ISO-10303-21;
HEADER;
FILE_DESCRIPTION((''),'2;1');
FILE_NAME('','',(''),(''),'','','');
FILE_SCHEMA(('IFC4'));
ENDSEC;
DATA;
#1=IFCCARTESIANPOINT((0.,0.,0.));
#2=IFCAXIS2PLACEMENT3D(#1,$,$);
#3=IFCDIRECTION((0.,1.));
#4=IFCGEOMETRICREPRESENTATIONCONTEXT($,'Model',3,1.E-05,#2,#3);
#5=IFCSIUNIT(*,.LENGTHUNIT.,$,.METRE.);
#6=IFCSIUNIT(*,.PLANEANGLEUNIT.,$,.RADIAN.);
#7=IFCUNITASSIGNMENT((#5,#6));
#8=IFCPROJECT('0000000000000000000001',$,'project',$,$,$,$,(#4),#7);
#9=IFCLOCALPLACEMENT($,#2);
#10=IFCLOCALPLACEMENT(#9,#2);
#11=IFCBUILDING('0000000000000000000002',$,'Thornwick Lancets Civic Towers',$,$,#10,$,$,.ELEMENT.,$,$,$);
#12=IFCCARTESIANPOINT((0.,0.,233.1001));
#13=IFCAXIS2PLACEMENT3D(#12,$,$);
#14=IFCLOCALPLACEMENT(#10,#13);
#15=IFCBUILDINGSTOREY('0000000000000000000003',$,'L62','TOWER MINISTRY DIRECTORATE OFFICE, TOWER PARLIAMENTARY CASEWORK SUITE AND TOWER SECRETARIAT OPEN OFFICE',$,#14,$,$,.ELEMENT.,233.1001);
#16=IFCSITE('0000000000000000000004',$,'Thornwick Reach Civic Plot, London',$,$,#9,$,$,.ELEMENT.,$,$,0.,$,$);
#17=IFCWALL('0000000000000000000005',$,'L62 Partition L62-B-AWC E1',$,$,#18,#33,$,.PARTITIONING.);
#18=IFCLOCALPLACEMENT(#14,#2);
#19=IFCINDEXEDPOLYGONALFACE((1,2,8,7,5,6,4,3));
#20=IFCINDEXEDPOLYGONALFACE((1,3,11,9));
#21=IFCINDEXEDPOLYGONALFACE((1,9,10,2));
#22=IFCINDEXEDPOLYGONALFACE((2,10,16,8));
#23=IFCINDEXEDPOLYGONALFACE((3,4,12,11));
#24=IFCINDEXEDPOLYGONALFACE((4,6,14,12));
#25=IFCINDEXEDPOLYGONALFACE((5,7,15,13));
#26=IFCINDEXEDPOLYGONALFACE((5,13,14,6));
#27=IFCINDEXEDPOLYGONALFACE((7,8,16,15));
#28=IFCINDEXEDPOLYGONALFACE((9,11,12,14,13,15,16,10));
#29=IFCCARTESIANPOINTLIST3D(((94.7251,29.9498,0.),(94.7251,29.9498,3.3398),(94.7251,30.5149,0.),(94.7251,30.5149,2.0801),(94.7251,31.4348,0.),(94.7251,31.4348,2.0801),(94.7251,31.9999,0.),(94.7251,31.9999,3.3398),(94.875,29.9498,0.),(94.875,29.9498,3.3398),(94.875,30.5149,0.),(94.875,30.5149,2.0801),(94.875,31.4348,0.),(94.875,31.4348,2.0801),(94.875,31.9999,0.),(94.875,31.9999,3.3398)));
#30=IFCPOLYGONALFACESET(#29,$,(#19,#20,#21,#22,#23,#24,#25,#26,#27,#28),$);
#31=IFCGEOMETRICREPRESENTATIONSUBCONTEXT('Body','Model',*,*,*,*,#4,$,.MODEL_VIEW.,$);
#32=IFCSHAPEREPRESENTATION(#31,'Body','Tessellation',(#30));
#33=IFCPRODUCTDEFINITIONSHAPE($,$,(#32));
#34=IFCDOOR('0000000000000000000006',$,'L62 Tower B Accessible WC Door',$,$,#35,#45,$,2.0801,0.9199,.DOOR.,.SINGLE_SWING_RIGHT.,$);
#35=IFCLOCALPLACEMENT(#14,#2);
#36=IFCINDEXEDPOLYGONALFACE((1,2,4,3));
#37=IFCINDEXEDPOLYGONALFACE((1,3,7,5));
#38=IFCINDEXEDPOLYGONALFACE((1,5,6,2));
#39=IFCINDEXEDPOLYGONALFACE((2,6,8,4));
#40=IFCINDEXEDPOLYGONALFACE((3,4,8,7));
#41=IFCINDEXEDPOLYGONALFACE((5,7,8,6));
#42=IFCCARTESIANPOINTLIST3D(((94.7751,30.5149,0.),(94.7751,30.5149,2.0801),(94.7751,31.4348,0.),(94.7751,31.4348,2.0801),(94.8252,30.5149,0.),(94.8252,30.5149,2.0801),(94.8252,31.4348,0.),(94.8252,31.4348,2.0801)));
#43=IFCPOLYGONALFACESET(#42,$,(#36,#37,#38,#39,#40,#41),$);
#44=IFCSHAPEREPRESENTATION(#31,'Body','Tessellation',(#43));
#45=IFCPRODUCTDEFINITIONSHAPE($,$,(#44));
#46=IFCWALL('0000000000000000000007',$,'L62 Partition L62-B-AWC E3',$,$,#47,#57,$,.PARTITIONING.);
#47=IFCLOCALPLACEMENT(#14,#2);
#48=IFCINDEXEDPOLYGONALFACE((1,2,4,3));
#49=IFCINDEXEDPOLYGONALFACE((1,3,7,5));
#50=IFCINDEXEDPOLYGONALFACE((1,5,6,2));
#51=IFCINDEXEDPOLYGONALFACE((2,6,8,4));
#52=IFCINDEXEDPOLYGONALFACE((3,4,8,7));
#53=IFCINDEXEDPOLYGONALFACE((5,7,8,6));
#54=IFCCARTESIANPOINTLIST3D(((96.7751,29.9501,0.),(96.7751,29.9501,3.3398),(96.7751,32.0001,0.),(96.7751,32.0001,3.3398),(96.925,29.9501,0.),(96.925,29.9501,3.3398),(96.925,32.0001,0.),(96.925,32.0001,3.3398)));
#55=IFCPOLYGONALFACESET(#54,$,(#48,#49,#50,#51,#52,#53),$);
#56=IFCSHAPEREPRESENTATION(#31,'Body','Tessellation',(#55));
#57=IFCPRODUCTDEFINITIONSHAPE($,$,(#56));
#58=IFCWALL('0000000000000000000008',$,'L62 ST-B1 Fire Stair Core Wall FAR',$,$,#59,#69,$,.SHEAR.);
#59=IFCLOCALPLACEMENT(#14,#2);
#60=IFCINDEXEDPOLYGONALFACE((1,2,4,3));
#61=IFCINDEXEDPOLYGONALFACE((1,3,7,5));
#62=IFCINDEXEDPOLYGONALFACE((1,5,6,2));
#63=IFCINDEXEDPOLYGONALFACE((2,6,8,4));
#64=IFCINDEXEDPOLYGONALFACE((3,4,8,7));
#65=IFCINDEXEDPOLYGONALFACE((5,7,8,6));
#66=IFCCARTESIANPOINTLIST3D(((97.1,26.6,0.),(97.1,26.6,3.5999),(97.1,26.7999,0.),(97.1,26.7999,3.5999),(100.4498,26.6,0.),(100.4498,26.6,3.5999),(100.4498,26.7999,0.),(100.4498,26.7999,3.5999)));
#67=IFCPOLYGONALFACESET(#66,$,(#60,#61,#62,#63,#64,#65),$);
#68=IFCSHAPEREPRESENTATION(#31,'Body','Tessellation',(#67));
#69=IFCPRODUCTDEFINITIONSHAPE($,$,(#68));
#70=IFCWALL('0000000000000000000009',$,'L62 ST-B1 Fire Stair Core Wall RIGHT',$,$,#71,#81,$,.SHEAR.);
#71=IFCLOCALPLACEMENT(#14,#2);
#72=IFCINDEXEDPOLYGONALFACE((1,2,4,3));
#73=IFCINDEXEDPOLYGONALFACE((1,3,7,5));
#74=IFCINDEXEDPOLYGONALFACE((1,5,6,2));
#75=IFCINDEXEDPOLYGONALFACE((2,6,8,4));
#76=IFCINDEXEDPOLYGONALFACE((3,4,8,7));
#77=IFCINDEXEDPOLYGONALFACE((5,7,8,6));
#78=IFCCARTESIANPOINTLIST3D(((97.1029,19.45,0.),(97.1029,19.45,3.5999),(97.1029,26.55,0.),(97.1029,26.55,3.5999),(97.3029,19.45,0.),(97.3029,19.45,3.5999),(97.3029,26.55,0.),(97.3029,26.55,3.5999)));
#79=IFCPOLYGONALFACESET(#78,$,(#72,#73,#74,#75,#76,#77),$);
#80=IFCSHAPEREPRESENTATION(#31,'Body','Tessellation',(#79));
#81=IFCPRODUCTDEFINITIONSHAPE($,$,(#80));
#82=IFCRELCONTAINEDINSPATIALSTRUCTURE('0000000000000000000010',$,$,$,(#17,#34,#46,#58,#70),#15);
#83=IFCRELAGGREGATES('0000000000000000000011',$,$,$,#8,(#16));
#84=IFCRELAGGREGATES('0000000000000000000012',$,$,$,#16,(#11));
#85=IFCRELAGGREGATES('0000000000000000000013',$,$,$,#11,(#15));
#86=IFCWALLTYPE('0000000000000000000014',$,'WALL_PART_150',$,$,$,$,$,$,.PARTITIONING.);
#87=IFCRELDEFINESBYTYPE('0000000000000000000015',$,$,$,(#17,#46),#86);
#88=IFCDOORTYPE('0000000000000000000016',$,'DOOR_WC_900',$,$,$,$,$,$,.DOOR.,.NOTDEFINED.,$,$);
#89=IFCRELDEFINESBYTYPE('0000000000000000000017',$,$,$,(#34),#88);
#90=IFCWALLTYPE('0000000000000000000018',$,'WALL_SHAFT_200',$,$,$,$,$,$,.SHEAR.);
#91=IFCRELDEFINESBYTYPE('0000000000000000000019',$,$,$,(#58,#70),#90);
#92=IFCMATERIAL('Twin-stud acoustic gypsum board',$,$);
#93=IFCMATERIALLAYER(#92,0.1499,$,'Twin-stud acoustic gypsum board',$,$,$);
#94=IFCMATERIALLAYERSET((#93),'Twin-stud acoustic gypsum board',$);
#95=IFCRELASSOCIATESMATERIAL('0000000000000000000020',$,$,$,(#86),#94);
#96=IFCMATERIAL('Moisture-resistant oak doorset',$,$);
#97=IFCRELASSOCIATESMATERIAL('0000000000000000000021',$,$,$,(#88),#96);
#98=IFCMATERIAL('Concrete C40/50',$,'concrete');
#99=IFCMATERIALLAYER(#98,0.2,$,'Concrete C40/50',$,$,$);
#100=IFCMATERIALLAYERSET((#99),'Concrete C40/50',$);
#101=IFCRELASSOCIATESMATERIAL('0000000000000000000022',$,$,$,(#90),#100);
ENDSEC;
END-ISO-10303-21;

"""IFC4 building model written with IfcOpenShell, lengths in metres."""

from ifc_helpers import new_model, si_unit, direction, frame, frame_2d, origin, place, context, subcontext, project, spatial, rectangle, extrude, material, layer, layer_set, type_object, element, fill, save


model = new_model("IFC4")

# Units and contexts
model_context = context("Model", 3, precision=1e-05, world=origin(), true_north=direction((0.0, 1.0)))
body_context = subcontext(model_context, "Body", "Model", "MODEL_VIEW")
ifc_project = project(units=[si_unit("LENGTHUNIT", "METRE"), si_unit("PLANEANGLEUNIT", "RADIAN")], contexts=[model_context])

# Site, building, storey
site_placement = place(None, origin())
site = spatial("IfcSite", under=ifc_project, at=site_placement, Name="Thornwick Reach Civic Plot, London", CompositionType="ELEMENT", RefElevation=0.0)
building_placement = place(site_placement, origin())
building = spatial("IfcBuilding", under=site, at=building_placement, Name="Thornwick Lancets Civic Towers", CompositionType="ELEMENT")
storey_placement = place(building_placement, frame((0.0, 0.0, 233.1001)))
storey = spatial("IfcBuildingStorey", under=building, at=storey_placement, Name="L62", Description="TOWER MINISTRY DIRECTORATE OFFICE, TOWER PARLIAMENTARY CASEWORK SUITE AND TOWER SECRETARIAT OPEN OFFICE", CompositionType="ELEMENT", Elevation=233.1001)

# Wall, opening, door
ifc_material_1 = material(Name="Twin-stud acoustic gypsum board")
ifc_layer_1 = layer(ifc_material_1, 0.1499, Name="Twin-stud acoustic gypsum board")
ifc_layer_set_1 = layer_set([ifc_layer_1], Name="Twin-stud acoustic gypsum board")
wall_type_1 = type_object("IfcWallType", Name="WALL_PART_150", PredefinedType="PARTITIONING", material=ifc_layer_set_1)
wall_1_placement = place(storey_placement, frame((94.8, 29.95, 0.0), z_axis=(0.0, 0.0, 1.0), x_axis=(0.0, 1.0, 0.0)))
wall_1 = element("IfcWall", 1, at=wall_1_placement, inside=storey, type_object=wall_type_1, Name="L62 Partition L62-B-AWC E1", PredefinedType="PARTITIONING", context=body_context, shape_type="SweptSolid", body=[
    extrude(rectangle(XDim=2.05, YDim=0.1499, at=frame_2d((1.0249, 0.0))), origin(), (0.0, 0.0, 1.0), 3.3398),
])
opening_1_placement = place(wall_1_placement, frame((0.5649, 0.0, 0.0)))
opening_1 = element("IfcOpeningElement", 2, at=opening_1_placement, cuts=wall_1, PredefinedType="OPENING", context=body_context, shape_type="SweptSolid", body=[
    extrude(rectangle(XDim=0.9199, YDim=2.0801, at=frame_2d((0.46, 1.04))), frame((0.0, 0.085, 0.0), z_axis=(0.0, -1.0, 0.0), x_axis=(1.0, 0.0, 0.0)), (0.0, 0.0, 1.0), 0.1699),
])
ifc_material_2 = material(Name="Moisture-resistant oak doorset")
door_type_1 = type_object("IfcDoorType", Name="DOOR_WC_900", OperationType="NOTDEFINED", PredefinedType="DOOR", material=ifc_material_2)
door_1_placement = place(opening_1_placement, origin())
door_1 = element("IfcDoor", 3, at=door_1_placement, inside=storey, type_object=door_type_1, Name="L62 Tower B Accessible WC Door", OperationType="SINGLE_SWING_RIGHT", OverallHeight=2.0801, OverallWidth=0.9199, PredefinedType="DOOR", context=body_context, shape_type="SweptSolid", body=[
    extrude(rectangle(XDim=0.9199, YDim=2.0801, at=frame_2d((0.46, 1.04))), frame((0.0, 0.0249, 0.0), z_axis=(0.0, -1.0, 0.0), x_axis=(1.0, 0.0, 0.0)), (0.0, 0.0, 1.0), 0.05),
])
fill(opening_1, door_1)

# Walls
wall_2_placement = place(storey_placement, frame((96.8501, 32.0, 0.0), z_axis=(0.0, 0.0, 1.0), x_axis=(0.0, -1.0, 0.0)))
element("IfcWall", 4, at=wall_2_placement, inside=storey, type_object=wall_type_1, Name="L62 Partition L62-B-AWC E3", PredefinedType="PARTITIONING", context=body_context, shape_type="SweptSolid", body=[
    extrude(rectangle(XDim=2.05, YDim=0.1499, at=frame_2d((1.0249, 0.0))), origin(), (0.0, 0.0, 1.0), 3.3398),
])
ifc_material_3 = material(Name="Concrete C40/50", Category="concrete")
ifc_layer_2 = layer(ifc_material_3, 0.2, Name="Concrete C40/50")
ifc_layer_set_2 = layer_set([ifc_layer_2], Name="Concrete C40/50")
wall_type_2 = type_object("IfcWallType", Name="WALL_SHAFT_200", PredefinedType="SHEAR", material=ifc_layer_set_2)
wall_3_placement = place(storey_placement, frame((97.1001, 26.7, 0.0), z_axis=(0.0, 0.0, 1.0), x_axis=(1.0, 0.0, 0.0)))
element("IfcWall", 5, at=wall_3_placement, inside=storey, type_object=wall_type_2, Name="L62 ST-B1 Fire Stair Core Wall FAR", PredefinedType="SHEAR", context=body_context, shape_type="SweptSolid", body=[
    extrude(rectangle(XDim=3.3499, YDim=0.2, at=frame_2d((1.6748, 0.0))), origin(), (0.0, 0.0, 1.0), 3.5999),
])
wall_4_placement = place(storey_placement, frame((97.2029, 26.55, 0.0), z_axis=(0.0, 0.0, 1.0), x_axis=(0.0, -1.0, 0.0)))
element("IfcWall", 6, at=wall_4_placement, inside=storey, type_object=wall_type_2, Name="L62 ST-B1 Fire Stair Core Wall RIGHT", PredefinedType="SHEAR", context=body_context, shape_type="SweptSolid", body=[
    extrude(rectangle(XDim=7.1001, YDim=0.2, at=frame_2d((3.55, 0.0))), origin(), (0.0, 0.0, 1.0), 3.5999),
])

save(model, "model.ifc")
